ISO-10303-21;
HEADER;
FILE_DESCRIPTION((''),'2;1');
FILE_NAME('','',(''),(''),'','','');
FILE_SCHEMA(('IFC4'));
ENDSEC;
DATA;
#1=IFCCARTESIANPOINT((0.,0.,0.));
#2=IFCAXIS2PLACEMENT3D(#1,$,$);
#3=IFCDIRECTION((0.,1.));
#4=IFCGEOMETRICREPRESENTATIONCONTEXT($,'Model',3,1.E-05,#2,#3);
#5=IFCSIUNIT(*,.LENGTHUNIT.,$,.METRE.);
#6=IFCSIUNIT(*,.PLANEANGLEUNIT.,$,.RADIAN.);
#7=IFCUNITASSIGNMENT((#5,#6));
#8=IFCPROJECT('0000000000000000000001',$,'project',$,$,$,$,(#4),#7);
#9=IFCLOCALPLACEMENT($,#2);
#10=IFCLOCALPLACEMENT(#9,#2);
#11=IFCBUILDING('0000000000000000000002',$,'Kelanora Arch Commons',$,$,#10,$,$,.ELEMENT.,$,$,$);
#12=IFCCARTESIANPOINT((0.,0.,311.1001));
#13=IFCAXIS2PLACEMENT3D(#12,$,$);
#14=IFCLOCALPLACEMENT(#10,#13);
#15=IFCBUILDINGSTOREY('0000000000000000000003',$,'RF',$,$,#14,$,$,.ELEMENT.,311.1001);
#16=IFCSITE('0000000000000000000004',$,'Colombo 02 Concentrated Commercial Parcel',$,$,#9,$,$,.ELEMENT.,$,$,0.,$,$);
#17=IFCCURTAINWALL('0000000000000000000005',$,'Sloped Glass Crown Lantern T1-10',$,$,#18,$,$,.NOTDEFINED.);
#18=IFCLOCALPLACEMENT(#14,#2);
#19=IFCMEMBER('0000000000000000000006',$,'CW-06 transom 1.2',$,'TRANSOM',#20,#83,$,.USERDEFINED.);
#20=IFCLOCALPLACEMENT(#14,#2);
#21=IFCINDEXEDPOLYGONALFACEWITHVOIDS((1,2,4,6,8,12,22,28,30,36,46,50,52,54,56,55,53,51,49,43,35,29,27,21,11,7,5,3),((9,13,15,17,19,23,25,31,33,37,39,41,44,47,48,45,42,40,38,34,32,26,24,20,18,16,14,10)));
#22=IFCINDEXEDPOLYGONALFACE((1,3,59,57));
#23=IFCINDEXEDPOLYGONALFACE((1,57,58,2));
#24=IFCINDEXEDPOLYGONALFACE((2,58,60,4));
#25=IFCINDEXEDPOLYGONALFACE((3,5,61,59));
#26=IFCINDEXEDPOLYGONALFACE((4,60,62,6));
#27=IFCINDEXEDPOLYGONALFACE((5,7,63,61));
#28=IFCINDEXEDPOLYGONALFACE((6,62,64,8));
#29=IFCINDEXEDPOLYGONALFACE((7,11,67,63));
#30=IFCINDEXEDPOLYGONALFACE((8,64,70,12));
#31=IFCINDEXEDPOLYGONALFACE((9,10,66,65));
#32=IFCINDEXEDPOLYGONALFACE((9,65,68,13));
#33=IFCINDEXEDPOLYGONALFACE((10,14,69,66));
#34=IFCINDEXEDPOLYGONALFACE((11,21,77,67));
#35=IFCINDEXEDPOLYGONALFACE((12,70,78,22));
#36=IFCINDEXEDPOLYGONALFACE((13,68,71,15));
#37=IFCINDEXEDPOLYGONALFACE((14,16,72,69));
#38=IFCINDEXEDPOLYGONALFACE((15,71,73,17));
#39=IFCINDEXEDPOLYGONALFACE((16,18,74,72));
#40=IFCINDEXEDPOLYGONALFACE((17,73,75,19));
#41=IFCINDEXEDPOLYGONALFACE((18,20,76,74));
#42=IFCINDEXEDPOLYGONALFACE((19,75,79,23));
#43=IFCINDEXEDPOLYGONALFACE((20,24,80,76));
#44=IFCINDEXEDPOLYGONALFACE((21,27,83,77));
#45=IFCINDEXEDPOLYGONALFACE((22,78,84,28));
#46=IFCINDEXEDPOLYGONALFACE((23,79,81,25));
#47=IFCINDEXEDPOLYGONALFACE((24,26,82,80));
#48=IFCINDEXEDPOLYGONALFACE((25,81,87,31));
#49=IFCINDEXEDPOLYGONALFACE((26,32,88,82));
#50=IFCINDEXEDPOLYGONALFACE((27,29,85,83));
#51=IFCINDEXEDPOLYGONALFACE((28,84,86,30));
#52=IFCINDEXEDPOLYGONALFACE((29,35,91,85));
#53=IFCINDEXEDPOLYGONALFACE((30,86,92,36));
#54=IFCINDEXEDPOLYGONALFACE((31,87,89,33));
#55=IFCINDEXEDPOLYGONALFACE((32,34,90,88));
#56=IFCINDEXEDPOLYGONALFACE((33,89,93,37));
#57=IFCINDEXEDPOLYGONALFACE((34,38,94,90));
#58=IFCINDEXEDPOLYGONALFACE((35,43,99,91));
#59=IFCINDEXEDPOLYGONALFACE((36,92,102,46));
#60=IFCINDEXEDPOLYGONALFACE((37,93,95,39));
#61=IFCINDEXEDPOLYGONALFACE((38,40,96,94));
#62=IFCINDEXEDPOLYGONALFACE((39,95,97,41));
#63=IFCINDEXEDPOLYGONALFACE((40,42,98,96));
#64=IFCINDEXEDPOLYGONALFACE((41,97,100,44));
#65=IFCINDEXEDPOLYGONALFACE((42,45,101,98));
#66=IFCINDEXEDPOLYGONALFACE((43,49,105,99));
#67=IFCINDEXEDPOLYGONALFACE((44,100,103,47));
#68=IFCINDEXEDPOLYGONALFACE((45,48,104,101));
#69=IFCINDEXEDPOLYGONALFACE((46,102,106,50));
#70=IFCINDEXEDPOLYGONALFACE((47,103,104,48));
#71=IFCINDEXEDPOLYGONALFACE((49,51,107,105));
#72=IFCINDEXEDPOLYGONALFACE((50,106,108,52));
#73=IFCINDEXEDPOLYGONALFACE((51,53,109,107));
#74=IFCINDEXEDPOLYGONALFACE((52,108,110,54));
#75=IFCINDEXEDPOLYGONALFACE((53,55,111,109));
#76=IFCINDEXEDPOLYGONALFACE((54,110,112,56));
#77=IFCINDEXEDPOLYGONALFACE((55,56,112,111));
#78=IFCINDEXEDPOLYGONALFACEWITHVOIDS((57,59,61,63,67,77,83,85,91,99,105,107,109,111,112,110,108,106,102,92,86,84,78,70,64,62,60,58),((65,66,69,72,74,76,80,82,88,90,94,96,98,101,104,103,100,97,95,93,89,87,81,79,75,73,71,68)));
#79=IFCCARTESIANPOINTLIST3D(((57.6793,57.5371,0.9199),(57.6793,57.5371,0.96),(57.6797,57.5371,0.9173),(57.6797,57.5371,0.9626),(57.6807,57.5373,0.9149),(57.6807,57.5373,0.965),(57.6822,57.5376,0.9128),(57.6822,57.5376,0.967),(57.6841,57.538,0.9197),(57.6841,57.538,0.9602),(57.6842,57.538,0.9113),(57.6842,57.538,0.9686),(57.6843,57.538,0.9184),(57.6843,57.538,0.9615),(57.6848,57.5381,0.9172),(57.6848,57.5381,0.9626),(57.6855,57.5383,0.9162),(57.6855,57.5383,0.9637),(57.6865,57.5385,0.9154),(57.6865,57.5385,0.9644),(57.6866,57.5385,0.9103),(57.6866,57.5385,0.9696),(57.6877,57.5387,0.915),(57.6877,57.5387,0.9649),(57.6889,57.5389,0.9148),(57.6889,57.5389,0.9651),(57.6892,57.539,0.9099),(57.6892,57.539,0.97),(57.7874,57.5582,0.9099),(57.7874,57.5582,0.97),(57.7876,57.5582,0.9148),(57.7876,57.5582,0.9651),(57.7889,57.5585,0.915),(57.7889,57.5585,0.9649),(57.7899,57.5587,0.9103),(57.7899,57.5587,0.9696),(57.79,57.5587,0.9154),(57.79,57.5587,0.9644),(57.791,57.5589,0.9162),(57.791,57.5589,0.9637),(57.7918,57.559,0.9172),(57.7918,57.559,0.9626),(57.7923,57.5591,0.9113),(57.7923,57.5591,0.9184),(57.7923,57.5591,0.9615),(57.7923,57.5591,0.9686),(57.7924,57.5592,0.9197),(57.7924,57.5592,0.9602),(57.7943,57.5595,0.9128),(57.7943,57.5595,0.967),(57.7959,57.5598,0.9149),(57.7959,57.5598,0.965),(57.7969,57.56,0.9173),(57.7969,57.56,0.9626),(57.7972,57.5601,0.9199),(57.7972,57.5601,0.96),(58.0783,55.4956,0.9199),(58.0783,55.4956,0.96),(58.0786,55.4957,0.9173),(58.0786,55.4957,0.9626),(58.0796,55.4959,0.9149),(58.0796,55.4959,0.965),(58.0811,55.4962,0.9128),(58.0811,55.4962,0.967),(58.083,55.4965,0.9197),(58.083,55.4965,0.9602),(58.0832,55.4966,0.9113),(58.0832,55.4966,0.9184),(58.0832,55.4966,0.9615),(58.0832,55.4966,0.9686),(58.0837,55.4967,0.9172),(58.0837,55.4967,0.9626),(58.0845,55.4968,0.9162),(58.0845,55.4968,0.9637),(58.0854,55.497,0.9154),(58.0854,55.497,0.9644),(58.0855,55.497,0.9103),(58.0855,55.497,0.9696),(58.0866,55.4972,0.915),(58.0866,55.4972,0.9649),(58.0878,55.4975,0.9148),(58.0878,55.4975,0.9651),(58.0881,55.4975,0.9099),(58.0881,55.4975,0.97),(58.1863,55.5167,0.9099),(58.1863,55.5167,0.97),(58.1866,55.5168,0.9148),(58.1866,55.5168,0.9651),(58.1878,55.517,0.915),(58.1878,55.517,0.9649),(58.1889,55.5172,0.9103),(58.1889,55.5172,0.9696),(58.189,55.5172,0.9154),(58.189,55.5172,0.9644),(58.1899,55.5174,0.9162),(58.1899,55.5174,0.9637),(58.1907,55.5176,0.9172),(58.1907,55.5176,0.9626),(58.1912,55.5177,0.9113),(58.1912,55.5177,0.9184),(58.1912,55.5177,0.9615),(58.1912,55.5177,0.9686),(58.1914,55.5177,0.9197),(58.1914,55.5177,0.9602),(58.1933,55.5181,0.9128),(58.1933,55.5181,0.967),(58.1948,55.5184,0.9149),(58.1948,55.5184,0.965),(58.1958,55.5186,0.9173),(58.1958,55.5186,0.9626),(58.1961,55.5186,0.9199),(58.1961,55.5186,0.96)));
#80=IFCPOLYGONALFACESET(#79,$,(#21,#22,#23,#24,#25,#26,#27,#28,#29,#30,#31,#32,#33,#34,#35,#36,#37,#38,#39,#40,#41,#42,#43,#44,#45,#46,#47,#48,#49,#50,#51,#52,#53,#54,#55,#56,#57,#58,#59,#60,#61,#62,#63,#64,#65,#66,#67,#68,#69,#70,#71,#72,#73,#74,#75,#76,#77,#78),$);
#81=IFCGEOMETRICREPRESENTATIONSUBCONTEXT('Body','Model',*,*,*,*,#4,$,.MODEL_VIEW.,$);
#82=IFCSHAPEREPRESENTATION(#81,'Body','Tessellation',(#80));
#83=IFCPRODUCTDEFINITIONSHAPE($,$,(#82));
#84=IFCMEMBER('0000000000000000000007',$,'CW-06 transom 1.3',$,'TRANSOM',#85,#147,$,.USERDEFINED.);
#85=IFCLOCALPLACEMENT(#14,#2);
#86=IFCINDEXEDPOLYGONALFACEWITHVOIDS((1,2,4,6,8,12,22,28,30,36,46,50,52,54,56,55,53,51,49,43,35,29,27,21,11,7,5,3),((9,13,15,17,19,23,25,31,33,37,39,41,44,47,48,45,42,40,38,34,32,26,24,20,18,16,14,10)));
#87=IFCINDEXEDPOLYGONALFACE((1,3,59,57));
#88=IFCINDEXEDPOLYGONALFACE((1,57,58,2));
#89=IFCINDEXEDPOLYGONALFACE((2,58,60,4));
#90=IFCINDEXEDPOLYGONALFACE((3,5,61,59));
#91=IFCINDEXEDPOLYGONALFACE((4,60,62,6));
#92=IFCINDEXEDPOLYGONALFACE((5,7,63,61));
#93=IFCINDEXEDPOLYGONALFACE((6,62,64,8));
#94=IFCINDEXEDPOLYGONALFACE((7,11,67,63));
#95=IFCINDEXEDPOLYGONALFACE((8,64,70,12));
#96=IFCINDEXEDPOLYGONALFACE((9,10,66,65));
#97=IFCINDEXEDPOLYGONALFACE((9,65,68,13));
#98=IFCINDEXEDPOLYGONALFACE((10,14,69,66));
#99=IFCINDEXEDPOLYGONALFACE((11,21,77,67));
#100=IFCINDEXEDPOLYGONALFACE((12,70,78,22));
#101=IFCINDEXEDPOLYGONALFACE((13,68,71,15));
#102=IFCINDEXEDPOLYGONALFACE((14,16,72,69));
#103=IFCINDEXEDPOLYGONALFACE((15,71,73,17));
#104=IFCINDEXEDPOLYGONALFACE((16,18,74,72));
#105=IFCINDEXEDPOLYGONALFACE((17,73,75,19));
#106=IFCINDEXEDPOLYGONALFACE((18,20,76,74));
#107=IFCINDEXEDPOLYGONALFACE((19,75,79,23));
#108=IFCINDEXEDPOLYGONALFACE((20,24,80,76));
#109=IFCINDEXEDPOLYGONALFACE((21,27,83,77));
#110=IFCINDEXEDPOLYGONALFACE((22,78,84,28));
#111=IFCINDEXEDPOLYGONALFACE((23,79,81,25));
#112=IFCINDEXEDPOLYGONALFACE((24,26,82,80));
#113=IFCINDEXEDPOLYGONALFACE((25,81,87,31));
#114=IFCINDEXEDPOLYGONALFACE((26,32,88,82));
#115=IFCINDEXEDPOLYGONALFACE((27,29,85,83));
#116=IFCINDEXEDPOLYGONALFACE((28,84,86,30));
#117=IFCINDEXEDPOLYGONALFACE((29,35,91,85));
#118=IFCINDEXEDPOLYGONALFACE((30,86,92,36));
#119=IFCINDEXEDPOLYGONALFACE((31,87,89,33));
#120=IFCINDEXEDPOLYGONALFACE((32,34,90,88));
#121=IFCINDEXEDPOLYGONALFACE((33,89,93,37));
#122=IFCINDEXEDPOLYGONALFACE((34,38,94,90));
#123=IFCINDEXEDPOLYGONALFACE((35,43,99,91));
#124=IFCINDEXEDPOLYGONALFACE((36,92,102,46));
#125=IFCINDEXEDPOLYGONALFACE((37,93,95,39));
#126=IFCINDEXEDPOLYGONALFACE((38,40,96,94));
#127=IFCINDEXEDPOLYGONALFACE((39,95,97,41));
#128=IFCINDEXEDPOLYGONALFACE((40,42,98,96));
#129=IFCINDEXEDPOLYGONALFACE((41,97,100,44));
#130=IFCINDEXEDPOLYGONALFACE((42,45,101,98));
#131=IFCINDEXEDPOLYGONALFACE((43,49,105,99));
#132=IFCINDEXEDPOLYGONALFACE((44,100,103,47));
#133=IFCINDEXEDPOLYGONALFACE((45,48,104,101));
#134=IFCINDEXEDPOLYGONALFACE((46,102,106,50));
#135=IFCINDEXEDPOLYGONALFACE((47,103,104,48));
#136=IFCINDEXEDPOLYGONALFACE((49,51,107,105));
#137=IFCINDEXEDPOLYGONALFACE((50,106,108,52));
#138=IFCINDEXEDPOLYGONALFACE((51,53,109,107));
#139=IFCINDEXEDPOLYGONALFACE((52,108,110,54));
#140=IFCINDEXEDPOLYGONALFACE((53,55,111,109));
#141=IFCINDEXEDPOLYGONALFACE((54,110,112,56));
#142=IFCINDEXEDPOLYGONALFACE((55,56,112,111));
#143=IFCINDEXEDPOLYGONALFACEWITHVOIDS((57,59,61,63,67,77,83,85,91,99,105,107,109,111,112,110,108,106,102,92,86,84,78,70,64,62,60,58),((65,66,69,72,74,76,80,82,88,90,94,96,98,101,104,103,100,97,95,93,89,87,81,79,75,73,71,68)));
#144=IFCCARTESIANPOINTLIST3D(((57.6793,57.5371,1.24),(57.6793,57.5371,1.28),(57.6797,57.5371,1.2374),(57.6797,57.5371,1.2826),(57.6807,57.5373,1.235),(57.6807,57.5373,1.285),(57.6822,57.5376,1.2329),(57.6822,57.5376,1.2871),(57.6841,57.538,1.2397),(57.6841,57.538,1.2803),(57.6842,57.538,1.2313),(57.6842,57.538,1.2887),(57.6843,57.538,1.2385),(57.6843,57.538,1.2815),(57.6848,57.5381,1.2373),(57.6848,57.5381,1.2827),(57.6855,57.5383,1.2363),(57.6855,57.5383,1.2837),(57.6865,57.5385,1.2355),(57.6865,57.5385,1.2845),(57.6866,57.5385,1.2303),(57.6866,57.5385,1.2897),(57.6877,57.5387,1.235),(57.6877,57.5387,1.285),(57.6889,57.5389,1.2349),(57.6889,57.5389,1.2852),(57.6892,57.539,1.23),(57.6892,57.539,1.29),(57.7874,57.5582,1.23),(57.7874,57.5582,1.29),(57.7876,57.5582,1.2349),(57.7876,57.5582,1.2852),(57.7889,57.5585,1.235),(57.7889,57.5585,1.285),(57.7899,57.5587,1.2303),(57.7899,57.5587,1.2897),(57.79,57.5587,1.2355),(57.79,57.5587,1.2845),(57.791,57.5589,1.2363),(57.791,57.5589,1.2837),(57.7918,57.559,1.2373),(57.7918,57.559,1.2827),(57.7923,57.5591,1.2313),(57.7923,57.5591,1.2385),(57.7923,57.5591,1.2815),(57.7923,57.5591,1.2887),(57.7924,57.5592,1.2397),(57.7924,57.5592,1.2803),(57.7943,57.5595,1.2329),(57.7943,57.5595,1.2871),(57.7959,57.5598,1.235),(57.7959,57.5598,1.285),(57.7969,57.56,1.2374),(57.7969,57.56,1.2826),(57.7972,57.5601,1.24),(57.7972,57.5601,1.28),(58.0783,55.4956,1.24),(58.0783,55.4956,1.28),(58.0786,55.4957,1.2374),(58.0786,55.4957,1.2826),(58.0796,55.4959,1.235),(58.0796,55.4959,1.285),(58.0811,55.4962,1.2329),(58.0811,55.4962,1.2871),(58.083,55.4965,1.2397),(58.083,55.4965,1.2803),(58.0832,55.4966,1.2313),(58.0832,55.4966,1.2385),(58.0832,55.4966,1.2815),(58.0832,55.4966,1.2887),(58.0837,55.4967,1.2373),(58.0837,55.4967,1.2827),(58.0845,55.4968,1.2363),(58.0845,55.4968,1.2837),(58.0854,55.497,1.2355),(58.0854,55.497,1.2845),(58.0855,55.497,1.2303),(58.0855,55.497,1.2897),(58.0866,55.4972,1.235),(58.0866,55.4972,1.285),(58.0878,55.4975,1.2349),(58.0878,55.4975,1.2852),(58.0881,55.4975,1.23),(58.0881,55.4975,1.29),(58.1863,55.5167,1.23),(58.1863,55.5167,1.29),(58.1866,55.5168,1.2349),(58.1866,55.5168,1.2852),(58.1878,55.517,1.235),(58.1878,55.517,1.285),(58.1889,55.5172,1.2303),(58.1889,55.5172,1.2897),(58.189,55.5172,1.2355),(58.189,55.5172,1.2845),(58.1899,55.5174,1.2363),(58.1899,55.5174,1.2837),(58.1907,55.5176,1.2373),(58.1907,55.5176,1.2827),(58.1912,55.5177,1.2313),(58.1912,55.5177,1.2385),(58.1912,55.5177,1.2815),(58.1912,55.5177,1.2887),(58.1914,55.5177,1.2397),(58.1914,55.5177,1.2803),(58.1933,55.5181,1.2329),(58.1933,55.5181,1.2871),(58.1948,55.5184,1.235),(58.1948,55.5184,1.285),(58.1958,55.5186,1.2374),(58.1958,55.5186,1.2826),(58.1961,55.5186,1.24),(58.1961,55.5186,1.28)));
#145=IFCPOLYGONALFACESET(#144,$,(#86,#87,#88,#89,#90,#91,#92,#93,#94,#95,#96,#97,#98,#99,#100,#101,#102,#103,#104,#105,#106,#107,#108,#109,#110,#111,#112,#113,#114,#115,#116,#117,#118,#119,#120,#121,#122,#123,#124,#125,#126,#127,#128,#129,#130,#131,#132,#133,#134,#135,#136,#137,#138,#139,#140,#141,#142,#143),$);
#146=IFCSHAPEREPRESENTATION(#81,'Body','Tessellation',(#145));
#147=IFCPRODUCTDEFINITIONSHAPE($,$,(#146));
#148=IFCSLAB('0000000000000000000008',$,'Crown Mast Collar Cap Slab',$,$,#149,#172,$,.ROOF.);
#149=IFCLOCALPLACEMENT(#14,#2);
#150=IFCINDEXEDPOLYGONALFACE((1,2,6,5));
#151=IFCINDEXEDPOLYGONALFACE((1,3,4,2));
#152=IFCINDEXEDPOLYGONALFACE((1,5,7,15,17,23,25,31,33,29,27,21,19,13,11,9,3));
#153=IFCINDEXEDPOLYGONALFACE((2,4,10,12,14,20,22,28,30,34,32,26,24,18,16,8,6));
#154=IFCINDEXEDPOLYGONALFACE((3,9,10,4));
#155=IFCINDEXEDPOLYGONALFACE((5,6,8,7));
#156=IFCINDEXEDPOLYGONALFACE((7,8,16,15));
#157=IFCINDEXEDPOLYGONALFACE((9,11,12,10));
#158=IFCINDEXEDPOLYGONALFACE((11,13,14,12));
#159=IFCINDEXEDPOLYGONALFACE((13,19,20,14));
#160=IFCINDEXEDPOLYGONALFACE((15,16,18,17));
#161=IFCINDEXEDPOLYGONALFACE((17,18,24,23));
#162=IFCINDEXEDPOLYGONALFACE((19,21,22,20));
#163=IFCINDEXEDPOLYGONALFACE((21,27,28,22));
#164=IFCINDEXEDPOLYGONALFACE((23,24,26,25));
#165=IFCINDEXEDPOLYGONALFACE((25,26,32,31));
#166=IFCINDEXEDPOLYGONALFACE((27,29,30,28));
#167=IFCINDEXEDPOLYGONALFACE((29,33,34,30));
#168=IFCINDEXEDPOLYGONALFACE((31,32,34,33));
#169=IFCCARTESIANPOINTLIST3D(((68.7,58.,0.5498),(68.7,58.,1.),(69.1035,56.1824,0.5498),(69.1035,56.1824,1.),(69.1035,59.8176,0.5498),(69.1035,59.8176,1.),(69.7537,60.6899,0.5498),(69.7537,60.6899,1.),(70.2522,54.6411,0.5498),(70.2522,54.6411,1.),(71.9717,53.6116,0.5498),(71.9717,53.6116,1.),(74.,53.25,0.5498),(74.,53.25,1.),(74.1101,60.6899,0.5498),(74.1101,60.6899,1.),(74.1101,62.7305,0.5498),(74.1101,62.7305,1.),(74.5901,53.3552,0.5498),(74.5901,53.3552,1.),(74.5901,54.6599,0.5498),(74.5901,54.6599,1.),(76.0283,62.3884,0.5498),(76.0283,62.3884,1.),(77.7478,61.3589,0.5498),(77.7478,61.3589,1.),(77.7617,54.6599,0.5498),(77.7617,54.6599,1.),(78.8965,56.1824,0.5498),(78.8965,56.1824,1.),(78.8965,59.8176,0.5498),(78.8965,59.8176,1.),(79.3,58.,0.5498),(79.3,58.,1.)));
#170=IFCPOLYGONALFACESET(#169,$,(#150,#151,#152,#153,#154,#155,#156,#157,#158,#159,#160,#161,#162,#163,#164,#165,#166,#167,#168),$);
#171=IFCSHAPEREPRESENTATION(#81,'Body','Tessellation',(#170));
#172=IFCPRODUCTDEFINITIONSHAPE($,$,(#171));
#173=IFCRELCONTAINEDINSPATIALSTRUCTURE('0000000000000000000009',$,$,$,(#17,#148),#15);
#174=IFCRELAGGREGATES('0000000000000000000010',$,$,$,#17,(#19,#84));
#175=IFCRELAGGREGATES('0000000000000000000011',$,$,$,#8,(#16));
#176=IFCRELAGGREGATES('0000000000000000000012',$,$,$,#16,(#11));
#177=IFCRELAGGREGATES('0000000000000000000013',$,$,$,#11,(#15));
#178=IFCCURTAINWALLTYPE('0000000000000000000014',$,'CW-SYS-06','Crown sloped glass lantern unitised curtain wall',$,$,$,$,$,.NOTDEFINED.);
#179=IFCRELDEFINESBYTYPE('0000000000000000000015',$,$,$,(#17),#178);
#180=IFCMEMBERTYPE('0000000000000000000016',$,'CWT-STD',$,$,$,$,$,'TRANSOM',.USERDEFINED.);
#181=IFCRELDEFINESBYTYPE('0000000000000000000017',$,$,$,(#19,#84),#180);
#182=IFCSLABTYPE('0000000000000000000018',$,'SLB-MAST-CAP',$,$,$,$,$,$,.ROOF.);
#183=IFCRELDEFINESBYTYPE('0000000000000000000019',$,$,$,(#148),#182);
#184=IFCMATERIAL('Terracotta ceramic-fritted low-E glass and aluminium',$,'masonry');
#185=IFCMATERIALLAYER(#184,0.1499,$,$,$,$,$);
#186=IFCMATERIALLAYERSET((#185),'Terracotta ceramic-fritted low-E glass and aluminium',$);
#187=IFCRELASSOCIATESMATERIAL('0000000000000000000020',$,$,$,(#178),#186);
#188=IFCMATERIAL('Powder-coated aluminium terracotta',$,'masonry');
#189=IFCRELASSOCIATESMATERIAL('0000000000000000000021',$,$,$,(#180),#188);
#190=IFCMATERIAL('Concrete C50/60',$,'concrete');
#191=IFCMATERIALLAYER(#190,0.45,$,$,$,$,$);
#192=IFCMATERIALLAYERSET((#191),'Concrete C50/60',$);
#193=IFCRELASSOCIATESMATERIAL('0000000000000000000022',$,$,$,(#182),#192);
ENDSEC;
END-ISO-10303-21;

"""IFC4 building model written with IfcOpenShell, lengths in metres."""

from ifc_helpers import new_model, si_unit, direction, frame, origin, origin_2d, place, context, subcontext, project, spatial, polyline, hollow_rectangle, outline, extrude, material, layer, layer_set, material_profile, profile_set, type_object, element, aggregate, save


model = new_model("IFC4")

# Units and contexts
model_context = context("Model", 3, precision=1e-05, world=origin(), true_north=direction((0.0, 1.0)))
body_context = subcontext(model_context, "Body", "Model", "MODEL_VIEW")
ifc_project = project(units=[si_unit("LENGTHUNIT", "METRE"), si_unit("PLANEANGLEUNIT", "RADIAN")], contexts=[model_context])

# Site, building, storey
site_placement = place(None, origin())
site = spatial("IfcSite", under=ifc_project, at=site_placement, Name="Colombo 02 Concentrated Commercial Parcel", CompositionType="ELEMENT", RefElevation=0.0)
building_placement = place(site_placement, origin())
building = spatial("IfcBuilding", under=site, at=building_placement, Name="Kelanora Arch Commons", CompositionType="ELEMENT")
storey_placement = place(building_placement, frame((0.0, 0.0, 311.1001)))
storey = spatial("IfcBuildingStorey", under=building, at=storey_placement, Name="RF", CompositionType="ELEMENT", Elevation=311.1001)

# Curtain wall, members
ifc_material_1 = material(Name="Terracotta ceramic-fritted low-E glass and aluminium", Category="masonry")
ifc_layer_1 = layer(ifc_material_1, 0.1499)
ifc_layer_set_1 = layer_set([ifc_layer_1], Name="Terracotta ceramic-fritted low-E glass and aluminium")
curtain_wall_type = type_object("IfcCurtainWallType", Name="CW-SYS-06", Description="Crown sloped glass lantern unitised curtain wall", PredefinedType="NOTDEFINED", material=ifc_layer_set_1)
curtain_wall_placement = place(storey_placement, origin())
curtain_wall = element("IfcCurtainWall", 1, at=curtain_wall_placement, inside=storey, type_object=curtain_wall_type, Name="Sloped Glass Crown Lantern T1-10", PredefinedType="NOTDEFINED")
ifc_material_2 = material(Name="Powder-coated aluminium terracotta", Category="masonry")
ifc_material_profile_1 = material_profile(ifc_material_2, hollow_rectangle(XDim=0.1201, YDim=0.0601, WallThickness=0.0049, InnerFilletRadius=0.0049, OuterFilletRadius=0.01, at=origin_2d()), Name="CWT120x60")
ifc_profile_set_1 = profile_set([ifc_material_profile_1], Name="Powder-coated aluminium terracotta")
member_type_1 = type_object("IfcMemberType", Name="CWT-STD", ElementType="TRANSOM", PredefinedType="USERDEFINED", material=ifc_profile_set_1)
member_1_placement = place(storey_placement, frame((57.7383, 57.5486, 0.9399), z_axis=(0.191781, -0.981438, 0.0), x_axis=(0.981438, 0.191781, 0.0)))
member_1 = element("IfcMember", 2, at=member_1_placement, type_object=member_type_1, Name="CW-06 transom 1.2", ObjectType="TRANSOM", PredefinedType="USERDEFINED", context=body_context, shape_type="SweptSolid", body=[
    extrude(hollow_rectangle(XDim=0.1201, YDim=0.0601, WallThickness=0.0049, InnerFilletRadius=0.0049, OuterFilletRadius=0.01, at=origin_2d()), origin(), (0.0, 0.0, 1.0), 2.0801),
])
member_2_placement = place(storey_placement, frame((57.7383, 57.5486, 1.26), z_axis=(0.191781, -0.981438, 0.0), x_axis=(0.981438, 0.191781, 0.0)))
member_2 = element("IfcMember", 3, at=member_2_placement, type_object=member_type_1, Name="CW-06 transom 1.3", ObjectType="TRANSOM", PredefinedType="USERDEFINED", context=body_context, shape_type="SweptSolid", body=[
    extrude(hollow_rectangle(XDim=0.1201, YDim=0.0601, WallThickness=0.0049, InnerFilletRadius=0.0049, OuterFilletRadius=0.01, at=origin_2d()), origin(), (0.0, 0.0, 1.0), 2.0801),
])

# Slab
ifc_material_3 = material(Name="Concrete C50/60", Category="concrete")
ifc_layer_2 = layer(ifc_material_3, 0.45)
ifc_layer_set_2 = layer_set([ifc_layer_2], Name="Concrete C50/60")
slab_type_1 = type_object("IfcSlabType", Name="SLB-MAST-CAP", PredefinedType="ROOF", material=ifc_layer_set_2)
slab_1_placement = place(storey_placement, frame((0.0, 0.0, 0.5498)))
element("IfcSlab", 4, at=slab_1_placement, inside=storey, type_object=slab_type_1, Name="Crown Mast Collar Cap Slab", PredefinedType="ROOF", context=body_context, shape_type="SweptSolid", body=[
    extrude(outline(polyline([(77.7478, 61.3589), (76.0283, 62.3884), (74.1101, 62.7305), (74.1101, 60.6899), (69.7537, 60.6899), (69.1035, 59.8176), (68.7, 58.0), (69.1035, 56.1824), (70.2522, 54.6411), (71.9717, 53.6116), (74.0, 53.25), (74.5901, 53.3552), (74.5901, 54.6599), (77.7617, 54.6599), (78.8965, 56.1824), (79.3, 58.0), (78.8965, 59.8176), (77.7478, 61.3589)])), origin(), (0.0, 0.0, 1.0), 0.4502),
])

aggregate(curtain_wall, [member_1, member_2])

save(model, "model.ifc")
